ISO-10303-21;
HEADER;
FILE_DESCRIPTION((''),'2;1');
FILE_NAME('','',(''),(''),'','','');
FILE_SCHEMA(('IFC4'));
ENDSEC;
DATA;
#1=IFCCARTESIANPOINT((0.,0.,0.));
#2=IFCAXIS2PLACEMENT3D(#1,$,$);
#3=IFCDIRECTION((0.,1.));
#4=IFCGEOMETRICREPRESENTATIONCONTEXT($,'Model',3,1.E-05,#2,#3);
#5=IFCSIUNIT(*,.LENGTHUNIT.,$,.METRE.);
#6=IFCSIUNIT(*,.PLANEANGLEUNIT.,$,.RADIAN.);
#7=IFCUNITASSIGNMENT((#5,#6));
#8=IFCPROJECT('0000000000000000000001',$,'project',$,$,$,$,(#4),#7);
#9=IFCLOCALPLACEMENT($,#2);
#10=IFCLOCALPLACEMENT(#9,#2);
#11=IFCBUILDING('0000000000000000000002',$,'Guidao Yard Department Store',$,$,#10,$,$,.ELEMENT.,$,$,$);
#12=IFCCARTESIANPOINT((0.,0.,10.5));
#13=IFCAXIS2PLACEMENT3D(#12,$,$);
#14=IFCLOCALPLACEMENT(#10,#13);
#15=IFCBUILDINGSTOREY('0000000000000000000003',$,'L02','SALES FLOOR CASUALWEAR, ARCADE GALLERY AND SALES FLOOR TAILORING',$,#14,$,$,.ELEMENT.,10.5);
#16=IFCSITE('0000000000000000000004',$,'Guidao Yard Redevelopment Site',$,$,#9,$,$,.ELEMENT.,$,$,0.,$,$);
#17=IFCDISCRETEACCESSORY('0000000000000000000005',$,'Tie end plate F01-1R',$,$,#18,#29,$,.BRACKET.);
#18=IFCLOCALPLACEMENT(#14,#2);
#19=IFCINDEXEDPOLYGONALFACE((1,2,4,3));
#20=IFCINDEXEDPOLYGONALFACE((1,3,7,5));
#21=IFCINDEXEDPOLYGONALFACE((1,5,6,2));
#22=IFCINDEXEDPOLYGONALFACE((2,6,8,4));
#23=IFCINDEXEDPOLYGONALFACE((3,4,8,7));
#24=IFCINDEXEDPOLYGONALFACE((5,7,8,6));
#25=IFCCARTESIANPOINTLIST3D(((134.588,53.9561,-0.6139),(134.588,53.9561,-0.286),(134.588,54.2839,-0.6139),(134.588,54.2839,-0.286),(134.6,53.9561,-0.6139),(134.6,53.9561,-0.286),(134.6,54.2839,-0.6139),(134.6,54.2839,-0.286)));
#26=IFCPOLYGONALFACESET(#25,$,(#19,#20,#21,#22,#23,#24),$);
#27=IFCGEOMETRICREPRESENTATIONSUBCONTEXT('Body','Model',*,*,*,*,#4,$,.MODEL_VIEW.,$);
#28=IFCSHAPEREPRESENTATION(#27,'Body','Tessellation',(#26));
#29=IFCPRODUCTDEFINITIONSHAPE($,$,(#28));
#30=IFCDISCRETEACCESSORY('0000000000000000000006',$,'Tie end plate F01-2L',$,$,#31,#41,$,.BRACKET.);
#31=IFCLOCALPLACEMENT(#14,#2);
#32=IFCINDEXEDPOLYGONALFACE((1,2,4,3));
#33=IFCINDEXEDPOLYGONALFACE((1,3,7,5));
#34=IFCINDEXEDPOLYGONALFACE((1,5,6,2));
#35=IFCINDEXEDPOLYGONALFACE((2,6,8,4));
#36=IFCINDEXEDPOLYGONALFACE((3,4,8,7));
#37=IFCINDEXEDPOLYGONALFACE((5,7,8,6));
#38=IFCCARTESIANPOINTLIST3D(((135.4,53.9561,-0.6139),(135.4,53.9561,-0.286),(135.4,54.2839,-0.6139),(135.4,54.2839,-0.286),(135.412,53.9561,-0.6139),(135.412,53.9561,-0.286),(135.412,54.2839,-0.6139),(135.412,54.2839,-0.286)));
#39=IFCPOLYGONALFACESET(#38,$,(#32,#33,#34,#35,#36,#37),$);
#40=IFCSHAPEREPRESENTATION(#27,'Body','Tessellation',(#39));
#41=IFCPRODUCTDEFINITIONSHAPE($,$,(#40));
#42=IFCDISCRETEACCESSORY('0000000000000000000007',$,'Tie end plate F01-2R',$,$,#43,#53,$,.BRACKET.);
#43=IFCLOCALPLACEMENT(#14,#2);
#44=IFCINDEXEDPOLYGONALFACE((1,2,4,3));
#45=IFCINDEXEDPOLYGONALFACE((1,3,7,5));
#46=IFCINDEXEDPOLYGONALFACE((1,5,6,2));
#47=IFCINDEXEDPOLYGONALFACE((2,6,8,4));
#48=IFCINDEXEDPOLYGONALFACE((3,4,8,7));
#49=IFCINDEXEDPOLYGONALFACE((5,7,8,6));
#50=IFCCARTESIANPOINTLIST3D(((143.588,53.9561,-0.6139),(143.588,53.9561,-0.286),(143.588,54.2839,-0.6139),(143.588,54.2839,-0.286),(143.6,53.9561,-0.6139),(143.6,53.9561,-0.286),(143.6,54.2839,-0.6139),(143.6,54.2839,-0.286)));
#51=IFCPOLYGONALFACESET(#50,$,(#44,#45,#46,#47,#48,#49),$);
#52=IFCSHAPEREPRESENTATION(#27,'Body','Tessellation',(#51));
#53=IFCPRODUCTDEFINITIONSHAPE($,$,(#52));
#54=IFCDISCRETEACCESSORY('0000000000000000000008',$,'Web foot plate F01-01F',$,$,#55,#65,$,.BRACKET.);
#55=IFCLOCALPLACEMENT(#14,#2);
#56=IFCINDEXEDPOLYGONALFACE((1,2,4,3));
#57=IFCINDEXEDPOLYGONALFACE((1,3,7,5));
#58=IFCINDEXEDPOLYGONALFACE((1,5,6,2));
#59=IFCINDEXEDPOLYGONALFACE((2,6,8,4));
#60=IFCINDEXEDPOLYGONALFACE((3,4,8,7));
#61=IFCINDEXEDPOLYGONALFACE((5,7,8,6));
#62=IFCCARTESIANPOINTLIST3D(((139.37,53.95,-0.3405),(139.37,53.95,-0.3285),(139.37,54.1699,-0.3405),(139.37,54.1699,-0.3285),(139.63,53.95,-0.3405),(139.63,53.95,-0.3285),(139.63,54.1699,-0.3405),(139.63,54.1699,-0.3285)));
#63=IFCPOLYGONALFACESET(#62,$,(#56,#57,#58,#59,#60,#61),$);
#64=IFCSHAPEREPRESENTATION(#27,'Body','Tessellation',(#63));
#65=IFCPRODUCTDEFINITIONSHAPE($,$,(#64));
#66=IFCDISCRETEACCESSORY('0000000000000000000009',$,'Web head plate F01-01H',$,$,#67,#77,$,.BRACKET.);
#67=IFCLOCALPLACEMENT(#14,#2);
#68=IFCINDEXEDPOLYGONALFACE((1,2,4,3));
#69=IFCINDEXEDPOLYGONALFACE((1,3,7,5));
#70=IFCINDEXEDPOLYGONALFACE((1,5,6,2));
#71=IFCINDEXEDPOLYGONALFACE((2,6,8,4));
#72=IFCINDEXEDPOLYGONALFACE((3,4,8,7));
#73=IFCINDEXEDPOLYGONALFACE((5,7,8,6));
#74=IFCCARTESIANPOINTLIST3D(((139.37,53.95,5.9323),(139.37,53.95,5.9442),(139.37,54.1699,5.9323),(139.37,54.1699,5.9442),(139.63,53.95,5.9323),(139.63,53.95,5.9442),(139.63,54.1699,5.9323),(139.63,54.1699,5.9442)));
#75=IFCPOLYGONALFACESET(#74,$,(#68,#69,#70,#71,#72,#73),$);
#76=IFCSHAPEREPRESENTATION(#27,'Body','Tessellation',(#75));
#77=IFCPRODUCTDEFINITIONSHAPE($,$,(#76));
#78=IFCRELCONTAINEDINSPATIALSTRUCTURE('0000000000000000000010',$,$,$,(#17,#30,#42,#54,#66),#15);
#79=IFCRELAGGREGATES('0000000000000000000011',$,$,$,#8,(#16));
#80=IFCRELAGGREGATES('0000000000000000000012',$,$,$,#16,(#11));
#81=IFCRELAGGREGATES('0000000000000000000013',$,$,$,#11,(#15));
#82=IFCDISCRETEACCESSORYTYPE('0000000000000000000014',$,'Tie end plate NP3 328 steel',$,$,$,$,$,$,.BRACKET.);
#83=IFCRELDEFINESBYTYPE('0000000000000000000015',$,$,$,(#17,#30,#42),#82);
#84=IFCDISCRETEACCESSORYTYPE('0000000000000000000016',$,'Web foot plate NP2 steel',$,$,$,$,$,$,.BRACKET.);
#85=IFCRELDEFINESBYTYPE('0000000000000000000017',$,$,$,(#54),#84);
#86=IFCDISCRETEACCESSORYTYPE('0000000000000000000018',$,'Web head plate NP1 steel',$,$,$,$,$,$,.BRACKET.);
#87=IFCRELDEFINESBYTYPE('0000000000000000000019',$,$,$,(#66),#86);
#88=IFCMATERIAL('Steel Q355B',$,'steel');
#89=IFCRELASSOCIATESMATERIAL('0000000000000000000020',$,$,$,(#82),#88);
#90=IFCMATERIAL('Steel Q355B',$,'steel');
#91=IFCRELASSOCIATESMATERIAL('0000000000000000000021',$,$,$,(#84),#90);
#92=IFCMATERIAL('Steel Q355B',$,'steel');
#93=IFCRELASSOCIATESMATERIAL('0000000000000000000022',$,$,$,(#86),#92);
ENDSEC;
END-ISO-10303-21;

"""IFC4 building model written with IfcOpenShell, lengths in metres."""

from ifc_helpers import new_model, si_unit, direction, frame, origin, origin_2d, place, context, subcontext, project, spatial, rectangle, extrude, material, material_profile, profile_set, type_object, element, save


model = new_model("IFC4")

# Units and contexts
model_context = context("Model", 3, precision=1e-05, world=origin(), true_north=direction((0.0, 1.0)))
body_context = subcontext(model_context, "Body", "Model", "MODEL_VIEW")
ifc_project = project(units=[si_unit("LENGTHUNIT", "METRE"), si_unit("PLANEANGLEUNIT", "RADIAN")], contexts=[model_context])

# Site, building, storey
site_placement = place(None, origin())
site = spatial("IfcSite", under=ifc_project, at=site_placement, Name="Guidao Yard Redevelopment Site", CompositionType="ELEMENT", RefElevation=0.0)
building_placement = place(site_placement, origin())
building = spatial("IfcBuilding", under=site, at=building_placement, Name="Guidao Yard Department Store", CompositionType="ELEMENT")
storey_placement = place(building_placement, frame((0.0, 0.0, 10.5)))
storey = spatial("IfcBuildingStorey", under=building, at=storey_placement, Name="L02", Description="SALES FLOOR CASUALWEAR, ARCADE GALLERY AND SALES FLOOR TAILORING", CompositionType="ELEMENT", Elevation=10.5)

# Discrete accessories
ifc_material_1 = material(Name="Steel Q355B", Category="steel")
ifc_material_profile_1 = material_profile(ifc_material_1, rectangle(XDim=0.3279, YDim=0.012, at=origin_2d()), Name="Node plate 328x12")
ifc_profile_set_1 = profile_set([ifc_material_profile_1], Name="Steel Q355B")
discrete_accessory_type_1 = type_object("IfcDiscreteAccessoryType", Name="Tie end plate NP3 328 steel", PredefinedType="BRACKET", material=ifc_profile_set_1)
for number, where, z_axis, x_axis, name in (
    (1, (134.594, 53.9561, -0.45), (0.0, 1.0, 0.0), (0.0, 0.0, 1.0), "Tie end plate F01-1R"),
    (2, (135.406, 53.9561, -0.45), (0.0, 1.0, 0.0), (0.0, 0.0, 1.0), "Tie end plate F01-2L"),
    (3, (143.594, 53.9561, -0.45), (0.0, 1.0, 0.0), (0.0, 0.0, 1.0), "Tie end plate F01-2R"),
):
    element("IfcDiscreteAccessory", number, at=place(storey_placement, frame(where, z_axis=z_axis, x_axis=x_axis)), inside=storey, type_object=discrete_accessory_type_1, Name=name, PredefinedType="BRACKET", context=body_context, shape_type="SweptSolid", body=[
        extrude(rectangle(XDim=0.3279, YDim=0.012, at=origin_2d()), origin(), (0.0, 0.0, 1.0), 0.3279),
    ])
ifc_material_2 = material(Name="Steel Q355B", Category="steel")
ifc_material_profile_2 = material_profile(ifc_material_2, rectangle(XDim=0.26, YDim=0.012, at=origin_2d()), Name="Node plate 260x12")
ifc_profile_set_2 = profile_set([ifc_material_profile_2], Name="Steel Q355B")
discrete_accessory_type_2 = type_object("IfcDiscreteAccessoryType", Name="Web foot plate NP2 steel", PredefinedType="BRACKET", material=ifc_profile_set_2)
discrete_accessory_1_placement = place(storey_placement, frame((139.5, 53.95, -0.3345), z_axis=(0.0, 1.0, 0.0), x_axis=(-1.0, 0.0, 0.0)))
element("IfcDiscreteAccessory", 4, at=discrete_accessory_1_placement, inside=storey, type_object=discrete_accessory_type_2, Name="Web foot plate F01-01F", PredefinedType="BRACKET", context=body_context, shape_type="SweptSolid", body=[
    extrude(rectangle(XDim=0.26, YDim=0.012, at=origin_2d()), origin(), (0.0, 0.0, 1.0), 0.22),
])
ifc_material_3 = material(Name="Steel Q355B", Category="steel")
ifc_material_profile_3 = material_profile(ifc_material_3, rectangle(XDim=0.26, YDim=0.012, at=origin_2d()), Name="Node plate 260x12")
ifc_profile_set_3 = profile_set([ifc_material_profile_3], Name="Steel Q355B")
discrete_accessory_type_3 = type_object("IfcDiscreteAccessoryType", Name="Web head plate NP1 steel", PredefinedType="BRACKET", material=ifc_profile_set_3)
discrete_accessory_2_placement = place(storey_placement, frame((139.5, 53.95, 5.9382), z_axis=(0.0, 1.0, 0.0), x_axis=(-1.0, 0.0, 0.0)))
element("IfcDiscreteAccessory", 5, at=discrete_accessory_2_placement, inside=storey, type_object=discrete_accessory_type_3, Name="Web head plate F01-01H", PredefinedType="BRACKET", context=body_context, shape_type="SweptSolid", body=[
    extrude(rectangle(XDim=0.26, YDim=0.012, at=origin_2d()), origin(), (0.0, 0.0, 1.0), 0.22),
])

save(model, "model.ifc")
